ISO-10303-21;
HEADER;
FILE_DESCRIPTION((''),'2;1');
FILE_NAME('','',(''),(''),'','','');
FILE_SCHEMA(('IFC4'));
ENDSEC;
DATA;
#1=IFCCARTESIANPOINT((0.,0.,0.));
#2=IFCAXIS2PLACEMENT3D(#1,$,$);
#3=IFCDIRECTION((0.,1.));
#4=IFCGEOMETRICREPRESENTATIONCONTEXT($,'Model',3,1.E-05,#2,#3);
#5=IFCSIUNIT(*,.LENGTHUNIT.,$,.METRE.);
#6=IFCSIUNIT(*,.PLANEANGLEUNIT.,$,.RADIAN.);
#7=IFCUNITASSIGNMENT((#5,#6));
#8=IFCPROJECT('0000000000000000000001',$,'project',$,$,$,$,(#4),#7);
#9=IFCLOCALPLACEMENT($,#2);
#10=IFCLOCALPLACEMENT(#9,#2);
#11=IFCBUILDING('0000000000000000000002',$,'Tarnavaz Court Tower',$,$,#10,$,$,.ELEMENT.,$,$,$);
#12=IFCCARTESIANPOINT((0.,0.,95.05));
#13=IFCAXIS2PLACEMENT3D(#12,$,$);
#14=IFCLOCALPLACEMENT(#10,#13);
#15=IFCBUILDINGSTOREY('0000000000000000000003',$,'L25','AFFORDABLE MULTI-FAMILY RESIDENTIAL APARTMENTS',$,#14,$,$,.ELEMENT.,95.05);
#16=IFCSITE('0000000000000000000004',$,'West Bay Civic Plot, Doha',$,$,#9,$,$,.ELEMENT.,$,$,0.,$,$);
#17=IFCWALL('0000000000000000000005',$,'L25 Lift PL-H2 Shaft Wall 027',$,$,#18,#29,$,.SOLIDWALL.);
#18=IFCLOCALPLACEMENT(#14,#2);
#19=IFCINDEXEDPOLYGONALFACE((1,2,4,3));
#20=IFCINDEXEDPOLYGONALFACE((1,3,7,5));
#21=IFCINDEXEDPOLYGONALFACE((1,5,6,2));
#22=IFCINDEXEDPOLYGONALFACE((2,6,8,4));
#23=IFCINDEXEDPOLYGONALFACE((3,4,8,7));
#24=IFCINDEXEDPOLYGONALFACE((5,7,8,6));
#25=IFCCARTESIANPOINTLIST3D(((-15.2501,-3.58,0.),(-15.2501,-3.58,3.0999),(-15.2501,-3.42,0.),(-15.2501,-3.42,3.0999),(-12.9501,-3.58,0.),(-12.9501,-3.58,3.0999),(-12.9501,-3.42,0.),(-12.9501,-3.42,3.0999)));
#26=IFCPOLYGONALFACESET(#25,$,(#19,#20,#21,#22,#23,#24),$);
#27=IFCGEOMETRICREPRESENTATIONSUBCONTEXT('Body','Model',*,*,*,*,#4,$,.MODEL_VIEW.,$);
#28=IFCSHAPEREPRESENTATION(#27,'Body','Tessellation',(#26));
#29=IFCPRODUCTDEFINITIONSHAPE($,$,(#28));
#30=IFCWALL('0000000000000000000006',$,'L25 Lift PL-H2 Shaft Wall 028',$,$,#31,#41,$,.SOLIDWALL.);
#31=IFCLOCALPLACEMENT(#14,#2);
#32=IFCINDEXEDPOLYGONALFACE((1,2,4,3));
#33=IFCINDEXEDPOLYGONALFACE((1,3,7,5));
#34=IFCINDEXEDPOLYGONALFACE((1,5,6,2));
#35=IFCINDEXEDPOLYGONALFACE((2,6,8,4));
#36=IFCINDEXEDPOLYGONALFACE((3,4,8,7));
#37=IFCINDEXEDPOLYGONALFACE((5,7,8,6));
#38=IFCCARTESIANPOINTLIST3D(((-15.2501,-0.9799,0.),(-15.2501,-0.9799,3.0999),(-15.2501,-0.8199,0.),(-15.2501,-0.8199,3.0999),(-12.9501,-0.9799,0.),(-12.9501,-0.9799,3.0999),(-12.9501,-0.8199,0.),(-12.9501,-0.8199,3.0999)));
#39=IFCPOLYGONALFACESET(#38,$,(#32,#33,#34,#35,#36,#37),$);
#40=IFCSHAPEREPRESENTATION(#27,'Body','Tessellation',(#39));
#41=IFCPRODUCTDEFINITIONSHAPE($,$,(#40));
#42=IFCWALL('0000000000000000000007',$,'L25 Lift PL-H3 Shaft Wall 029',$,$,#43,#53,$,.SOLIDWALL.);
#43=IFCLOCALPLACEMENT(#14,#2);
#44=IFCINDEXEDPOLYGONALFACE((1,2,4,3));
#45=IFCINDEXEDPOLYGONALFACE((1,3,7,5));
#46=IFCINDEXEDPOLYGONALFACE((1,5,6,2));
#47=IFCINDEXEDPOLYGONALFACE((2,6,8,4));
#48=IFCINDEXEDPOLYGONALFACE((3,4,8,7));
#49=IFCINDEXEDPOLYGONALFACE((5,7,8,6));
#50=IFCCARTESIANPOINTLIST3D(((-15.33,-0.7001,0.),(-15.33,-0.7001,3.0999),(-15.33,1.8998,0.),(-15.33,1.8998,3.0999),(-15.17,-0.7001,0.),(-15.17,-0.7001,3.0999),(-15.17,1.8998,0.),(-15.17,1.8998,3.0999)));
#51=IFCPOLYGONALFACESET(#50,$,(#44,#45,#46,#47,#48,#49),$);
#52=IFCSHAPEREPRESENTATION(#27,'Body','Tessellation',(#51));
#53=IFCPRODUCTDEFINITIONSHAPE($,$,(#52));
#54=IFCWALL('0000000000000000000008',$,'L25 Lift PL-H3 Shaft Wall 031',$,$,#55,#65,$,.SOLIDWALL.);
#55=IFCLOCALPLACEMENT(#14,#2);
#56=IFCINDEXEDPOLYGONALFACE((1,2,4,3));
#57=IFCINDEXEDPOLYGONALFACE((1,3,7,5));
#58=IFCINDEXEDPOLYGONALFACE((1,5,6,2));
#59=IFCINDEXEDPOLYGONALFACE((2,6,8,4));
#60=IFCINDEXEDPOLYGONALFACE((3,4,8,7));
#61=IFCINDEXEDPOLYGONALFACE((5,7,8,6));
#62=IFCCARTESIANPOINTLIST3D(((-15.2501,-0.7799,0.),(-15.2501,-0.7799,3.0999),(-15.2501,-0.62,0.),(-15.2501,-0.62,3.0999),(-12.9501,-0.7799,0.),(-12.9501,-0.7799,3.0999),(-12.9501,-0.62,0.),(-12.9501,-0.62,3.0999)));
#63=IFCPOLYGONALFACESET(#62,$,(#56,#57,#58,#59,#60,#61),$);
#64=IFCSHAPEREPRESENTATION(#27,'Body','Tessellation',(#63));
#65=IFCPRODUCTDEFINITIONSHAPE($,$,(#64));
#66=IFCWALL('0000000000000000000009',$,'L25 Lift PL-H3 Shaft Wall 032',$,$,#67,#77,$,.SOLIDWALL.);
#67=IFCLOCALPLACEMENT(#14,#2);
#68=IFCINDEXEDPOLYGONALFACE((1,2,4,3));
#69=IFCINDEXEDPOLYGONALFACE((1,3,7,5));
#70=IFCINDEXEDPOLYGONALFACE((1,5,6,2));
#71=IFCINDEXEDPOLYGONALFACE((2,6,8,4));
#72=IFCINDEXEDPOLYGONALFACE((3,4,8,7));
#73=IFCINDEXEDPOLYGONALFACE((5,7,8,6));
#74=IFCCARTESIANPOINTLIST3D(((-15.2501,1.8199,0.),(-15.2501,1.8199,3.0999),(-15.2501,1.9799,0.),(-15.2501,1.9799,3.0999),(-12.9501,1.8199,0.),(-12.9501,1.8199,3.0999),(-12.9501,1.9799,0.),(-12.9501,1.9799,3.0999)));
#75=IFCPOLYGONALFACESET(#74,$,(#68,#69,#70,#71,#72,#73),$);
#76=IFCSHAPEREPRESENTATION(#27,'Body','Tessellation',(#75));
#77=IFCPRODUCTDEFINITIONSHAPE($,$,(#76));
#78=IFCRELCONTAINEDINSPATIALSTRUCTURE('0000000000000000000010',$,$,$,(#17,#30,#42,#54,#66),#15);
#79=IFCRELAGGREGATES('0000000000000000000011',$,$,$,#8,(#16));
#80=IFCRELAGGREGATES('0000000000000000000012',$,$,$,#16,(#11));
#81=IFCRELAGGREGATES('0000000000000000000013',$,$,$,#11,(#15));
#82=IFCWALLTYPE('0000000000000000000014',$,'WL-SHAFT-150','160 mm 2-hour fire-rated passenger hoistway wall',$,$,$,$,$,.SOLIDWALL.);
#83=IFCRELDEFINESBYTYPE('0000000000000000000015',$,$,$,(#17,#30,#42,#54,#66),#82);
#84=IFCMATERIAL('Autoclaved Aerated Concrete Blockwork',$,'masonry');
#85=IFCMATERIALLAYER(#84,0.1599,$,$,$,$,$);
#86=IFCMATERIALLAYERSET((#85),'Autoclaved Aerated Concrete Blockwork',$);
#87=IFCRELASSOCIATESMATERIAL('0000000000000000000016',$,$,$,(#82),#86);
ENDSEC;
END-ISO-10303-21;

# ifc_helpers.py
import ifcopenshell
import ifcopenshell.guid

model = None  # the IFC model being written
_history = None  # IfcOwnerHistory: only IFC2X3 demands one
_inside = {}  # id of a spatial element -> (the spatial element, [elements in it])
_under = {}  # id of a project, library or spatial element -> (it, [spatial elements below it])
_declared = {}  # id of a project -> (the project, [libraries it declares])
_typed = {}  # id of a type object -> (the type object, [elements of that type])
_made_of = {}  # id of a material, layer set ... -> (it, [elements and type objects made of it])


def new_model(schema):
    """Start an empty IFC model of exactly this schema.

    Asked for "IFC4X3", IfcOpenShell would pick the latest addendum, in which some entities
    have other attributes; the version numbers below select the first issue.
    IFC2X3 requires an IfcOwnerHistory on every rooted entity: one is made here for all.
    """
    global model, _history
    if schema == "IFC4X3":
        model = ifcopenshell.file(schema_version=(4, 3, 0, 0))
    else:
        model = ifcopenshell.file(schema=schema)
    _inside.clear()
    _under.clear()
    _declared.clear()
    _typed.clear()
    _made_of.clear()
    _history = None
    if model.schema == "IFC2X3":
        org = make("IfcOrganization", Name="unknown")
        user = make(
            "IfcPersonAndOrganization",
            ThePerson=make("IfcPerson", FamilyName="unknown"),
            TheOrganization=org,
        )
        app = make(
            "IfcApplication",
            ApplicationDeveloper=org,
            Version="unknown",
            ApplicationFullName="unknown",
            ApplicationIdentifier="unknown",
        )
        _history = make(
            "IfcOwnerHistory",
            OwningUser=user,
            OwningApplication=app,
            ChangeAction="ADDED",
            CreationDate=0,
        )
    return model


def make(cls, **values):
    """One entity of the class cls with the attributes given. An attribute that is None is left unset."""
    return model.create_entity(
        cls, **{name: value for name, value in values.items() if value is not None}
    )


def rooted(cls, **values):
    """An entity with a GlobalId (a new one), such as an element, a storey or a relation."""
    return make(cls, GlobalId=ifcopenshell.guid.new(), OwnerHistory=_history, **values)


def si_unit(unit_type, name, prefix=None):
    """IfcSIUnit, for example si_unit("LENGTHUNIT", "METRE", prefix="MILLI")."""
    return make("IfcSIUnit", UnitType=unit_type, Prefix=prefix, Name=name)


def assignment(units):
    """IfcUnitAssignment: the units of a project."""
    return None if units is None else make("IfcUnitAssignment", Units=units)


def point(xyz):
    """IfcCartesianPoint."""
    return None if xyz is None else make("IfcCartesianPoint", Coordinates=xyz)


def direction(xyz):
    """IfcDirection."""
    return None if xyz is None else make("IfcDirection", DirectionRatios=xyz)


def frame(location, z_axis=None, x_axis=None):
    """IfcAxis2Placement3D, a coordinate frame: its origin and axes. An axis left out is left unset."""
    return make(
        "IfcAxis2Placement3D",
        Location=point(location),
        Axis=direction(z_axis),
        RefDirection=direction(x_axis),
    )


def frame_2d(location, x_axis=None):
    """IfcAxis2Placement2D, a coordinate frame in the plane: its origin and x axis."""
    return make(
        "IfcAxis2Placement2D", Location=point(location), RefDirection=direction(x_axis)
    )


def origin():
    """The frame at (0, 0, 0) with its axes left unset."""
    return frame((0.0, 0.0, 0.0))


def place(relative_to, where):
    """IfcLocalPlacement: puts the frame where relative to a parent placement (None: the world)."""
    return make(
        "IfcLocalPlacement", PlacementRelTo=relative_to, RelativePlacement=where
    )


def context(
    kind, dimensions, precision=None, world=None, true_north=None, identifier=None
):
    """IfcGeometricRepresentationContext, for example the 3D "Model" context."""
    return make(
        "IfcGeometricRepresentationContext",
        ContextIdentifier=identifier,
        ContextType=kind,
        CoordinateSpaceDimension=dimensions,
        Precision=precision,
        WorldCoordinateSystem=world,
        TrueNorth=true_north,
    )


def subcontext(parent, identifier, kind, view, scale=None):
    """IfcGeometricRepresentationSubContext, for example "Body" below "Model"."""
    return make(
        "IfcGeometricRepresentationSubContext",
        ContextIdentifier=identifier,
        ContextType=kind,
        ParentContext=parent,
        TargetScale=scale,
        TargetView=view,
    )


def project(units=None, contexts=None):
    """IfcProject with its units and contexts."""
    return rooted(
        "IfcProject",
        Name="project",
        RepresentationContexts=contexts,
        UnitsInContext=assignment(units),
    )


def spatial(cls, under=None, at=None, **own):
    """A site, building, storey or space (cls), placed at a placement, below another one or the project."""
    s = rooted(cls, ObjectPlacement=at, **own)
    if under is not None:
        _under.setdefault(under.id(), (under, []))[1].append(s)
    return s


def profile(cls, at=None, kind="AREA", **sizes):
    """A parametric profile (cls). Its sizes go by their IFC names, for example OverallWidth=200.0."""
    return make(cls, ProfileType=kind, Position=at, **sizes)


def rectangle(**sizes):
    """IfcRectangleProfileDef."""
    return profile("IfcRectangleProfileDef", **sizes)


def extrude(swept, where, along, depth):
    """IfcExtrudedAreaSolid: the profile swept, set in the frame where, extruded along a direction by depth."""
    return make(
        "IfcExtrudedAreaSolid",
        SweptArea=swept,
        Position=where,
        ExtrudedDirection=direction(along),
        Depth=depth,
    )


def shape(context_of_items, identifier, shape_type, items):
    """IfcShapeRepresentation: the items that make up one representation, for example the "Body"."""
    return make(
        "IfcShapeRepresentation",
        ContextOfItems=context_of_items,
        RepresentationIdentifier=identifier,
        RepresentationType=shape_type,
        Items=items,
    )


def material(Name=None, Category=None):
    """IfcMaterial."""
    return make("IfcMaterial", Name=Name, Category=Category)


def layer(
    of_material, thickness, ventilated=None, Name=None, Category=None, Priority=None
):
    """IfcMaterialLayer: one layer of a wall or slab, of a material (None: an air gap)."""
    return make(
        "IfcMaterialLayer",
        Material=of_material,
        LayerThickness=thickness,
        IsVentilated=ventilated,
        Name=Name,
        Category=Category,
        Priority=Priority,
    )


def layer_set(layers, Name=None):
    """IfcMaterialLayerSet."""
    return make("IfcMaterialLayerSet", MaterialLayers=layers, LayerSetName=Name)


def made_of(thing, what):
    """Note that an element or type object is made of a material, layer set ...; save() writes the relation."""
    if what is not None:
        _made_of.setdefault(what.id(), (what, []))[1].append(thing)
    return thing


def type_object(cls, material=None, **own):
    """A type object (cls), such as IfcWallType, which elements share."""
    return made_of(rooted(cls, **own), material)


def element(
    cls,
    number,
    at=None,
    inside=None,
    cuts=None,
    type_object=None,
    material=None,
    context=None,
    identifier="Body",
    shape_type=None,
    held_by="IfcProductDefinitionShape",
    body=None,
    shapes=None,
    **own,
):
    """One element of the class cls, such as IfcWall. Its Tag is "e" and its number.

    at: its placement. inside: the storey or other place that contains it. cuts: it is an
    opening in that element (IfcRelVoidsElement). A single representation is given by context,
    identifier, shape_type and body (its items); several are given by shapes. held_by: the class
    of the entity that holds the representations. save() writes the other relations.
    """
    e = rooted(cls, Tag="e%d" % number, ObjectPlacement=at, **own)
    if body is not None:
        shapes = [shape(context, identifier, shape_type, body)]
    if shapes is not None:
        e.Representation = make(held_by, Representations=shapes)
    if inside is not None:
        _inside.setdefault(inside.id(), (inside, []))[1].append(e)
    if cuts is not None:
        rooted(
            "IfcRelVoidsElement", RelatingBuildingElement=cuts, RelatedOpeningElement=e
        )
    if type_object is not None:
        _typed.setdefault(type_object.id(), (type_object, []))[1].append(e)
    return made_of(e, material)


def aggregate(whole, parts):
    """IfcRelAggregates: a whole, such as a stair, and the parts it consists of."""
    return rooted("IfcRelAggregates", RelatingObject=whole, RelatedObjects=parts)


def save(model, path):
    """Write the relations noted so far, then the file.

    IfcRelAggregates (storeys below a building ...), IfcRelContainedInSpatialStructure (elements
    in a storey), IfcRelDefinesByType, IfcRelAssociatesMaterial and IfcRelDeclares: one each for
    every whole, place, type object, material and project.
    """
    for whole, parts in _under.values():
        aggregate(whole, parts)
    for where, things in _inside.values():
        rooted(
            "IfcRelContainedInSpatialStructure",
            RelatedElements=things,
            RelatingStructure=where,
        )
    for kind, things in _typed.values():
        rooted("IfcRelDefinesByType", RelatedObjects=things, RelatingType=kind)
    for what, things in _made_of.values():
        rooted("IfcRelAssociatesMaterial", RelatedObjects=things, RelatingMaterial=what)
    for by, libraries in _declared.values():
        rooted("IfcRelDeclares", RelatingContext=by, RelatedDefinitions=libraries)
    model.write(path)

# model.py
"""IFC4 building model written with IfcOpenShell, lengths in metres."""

from ifc_helpers import new_model, si_unit, direction, frame, frame_2d, origin, place, context, subcontext, project, spatial, rectangle, extrude, material, layer, layer_set, type_object, element, save


model = new_model("IFC4")

# Units and contexts
model_context = context("Model", 3, precision=1e-05, world=origin(), true_north=direction((0.0, 1.0)))
body_context = subcontext(model_context, "Body", "Model", "MODEL_VIEW")
ifc_project = project(units=[si_unit("LENGTHUNIT", "METRE"), si_unit("PLANEANGLEUNIT", "RADIAN")], contexts=[model_context])

# Site, building, storey
site_placement = place(None, origin())
site = spatial("IfcSite", under=ifc_project, at=site_placement, Name="West Bay Civic Plot, Doha", CompositionType="ELEMENT", RefElevation=0.0)
building_placement = place(site_placement, origin())
building = spatial("IfcBuilding", under=site, at=building_placement, Name="Tarnavaz Court Tower", CompositionType="ELEMENT")
storey_placement = place(building_placement, frame((0.0, 0.0, 95.05)))
storey = spatial("IfcBuildingStorey", under=building, at=storey_placement, Name="L25", Description="AFFORDABLE MULTI-FAMILY RESIDENTIAL APARTMENTS", CompositionType="ELEMENT", Elevation=95.05)

# Walls
ifc_material_1 = material(Name="Autoclaved Aerated Concrete Blockwork", Category="masonry")
ifc_layer_1 = layer(ifc_material_1, 0.1599)
ifc_layer_set_1 = layer_set([ifc_layer_1], Name="Autoclaved Aerated Concrete Blockwork")
wall_type_1 = type_object("IfcWallType", Name="WL-SHAFT-150", Description="160 mm 2-hour fire-rated passenger hoistway wall", PredefinedType="SOLIDWALL", material=ifc_layer_set_1)
for number, where, z_axis, x_axis, name in (
    (1, (-15.25, -3.5, 0.0), (0.0, 0.0, 1.0), (1.0, 0.0, 0.0), "L25 Lift PL-H2 Shaft Wall 027"),
    (2, (-15.25, -0.8999, 0.0), (0.0, 0.0, 1.0), (1.0, 0.0, 0.0), "L25 Lift PL-H2 Shaft Wall 028"),
):
    element("IfcWall", number, at=place(storey_placement, frame(where, z_axis=z_axis, x_axis=x_axis)), inside=storey, type_object=wall_type_1, Name=name, PredefinedType="SOLIDWALL", context=body_context, shape_type="SweptSolid", body=[
        extrude(rectangle(XDim=2.3, YDim=0.1599, at=frame_2d((1.1499, 0.0))), origin(), (0.0, 0.0, 1.0), 3.0999),
    ])
wall_1_placement = place(storey_placement, frame((-15.25, -0.7, 0.0), z_axis=(0.0, 0.0, 1.0), x_axis=(0.0, 1.0, 0.0)))
element("IfcWall", 3, at=wall_1_placement, inside=storey, type_object=wall_type_1, Name="L25 Lift PL-H3 Shaft Wall 029", PredefinedType="SOLIDWALL", context=body_context, shape_type="SweptSolid", body=[
    extrude(rectangle(XDim=2.5999, YDim=0.1599, at=frame_2d((1.2998, 0.0))), origin(), (0.0, 0.0, 1.0), 3.0999),
])
for number, where, z_axis, x_axis, name in (
    (4, (-15.25, -0.7, 0.0), (0.0, 0.0, 1.0), (1.0, 0.0, 0.0), "L25 Lift PL-H3 Shaft Wall 031"),
    (5, (-15.25, 1.8999, 0.0), (0.0, 0.0, 1.0), (1.0, 0.0, 0.0), "L25 Lift PL-H3 Shaft Wall 032"),
):
    element("IfcWall", number, at=place(storey_placement, frame(where, z_axis=z_axis, x_axis=x_axis)), inside=storey, type_object=wall_type_1, Name=name, PredefinedType="SOLIDWALL", context=body_context, shape_type="SweptSolid", body=[
        extrude(rectangle(XDim=2.3, YDim=0.1599, at=frame_2d((1.1499, 0.0))), origin(), (0.0, 0.0, 1.0), 3.0999),
    ])

save(model, "model.ifc")
